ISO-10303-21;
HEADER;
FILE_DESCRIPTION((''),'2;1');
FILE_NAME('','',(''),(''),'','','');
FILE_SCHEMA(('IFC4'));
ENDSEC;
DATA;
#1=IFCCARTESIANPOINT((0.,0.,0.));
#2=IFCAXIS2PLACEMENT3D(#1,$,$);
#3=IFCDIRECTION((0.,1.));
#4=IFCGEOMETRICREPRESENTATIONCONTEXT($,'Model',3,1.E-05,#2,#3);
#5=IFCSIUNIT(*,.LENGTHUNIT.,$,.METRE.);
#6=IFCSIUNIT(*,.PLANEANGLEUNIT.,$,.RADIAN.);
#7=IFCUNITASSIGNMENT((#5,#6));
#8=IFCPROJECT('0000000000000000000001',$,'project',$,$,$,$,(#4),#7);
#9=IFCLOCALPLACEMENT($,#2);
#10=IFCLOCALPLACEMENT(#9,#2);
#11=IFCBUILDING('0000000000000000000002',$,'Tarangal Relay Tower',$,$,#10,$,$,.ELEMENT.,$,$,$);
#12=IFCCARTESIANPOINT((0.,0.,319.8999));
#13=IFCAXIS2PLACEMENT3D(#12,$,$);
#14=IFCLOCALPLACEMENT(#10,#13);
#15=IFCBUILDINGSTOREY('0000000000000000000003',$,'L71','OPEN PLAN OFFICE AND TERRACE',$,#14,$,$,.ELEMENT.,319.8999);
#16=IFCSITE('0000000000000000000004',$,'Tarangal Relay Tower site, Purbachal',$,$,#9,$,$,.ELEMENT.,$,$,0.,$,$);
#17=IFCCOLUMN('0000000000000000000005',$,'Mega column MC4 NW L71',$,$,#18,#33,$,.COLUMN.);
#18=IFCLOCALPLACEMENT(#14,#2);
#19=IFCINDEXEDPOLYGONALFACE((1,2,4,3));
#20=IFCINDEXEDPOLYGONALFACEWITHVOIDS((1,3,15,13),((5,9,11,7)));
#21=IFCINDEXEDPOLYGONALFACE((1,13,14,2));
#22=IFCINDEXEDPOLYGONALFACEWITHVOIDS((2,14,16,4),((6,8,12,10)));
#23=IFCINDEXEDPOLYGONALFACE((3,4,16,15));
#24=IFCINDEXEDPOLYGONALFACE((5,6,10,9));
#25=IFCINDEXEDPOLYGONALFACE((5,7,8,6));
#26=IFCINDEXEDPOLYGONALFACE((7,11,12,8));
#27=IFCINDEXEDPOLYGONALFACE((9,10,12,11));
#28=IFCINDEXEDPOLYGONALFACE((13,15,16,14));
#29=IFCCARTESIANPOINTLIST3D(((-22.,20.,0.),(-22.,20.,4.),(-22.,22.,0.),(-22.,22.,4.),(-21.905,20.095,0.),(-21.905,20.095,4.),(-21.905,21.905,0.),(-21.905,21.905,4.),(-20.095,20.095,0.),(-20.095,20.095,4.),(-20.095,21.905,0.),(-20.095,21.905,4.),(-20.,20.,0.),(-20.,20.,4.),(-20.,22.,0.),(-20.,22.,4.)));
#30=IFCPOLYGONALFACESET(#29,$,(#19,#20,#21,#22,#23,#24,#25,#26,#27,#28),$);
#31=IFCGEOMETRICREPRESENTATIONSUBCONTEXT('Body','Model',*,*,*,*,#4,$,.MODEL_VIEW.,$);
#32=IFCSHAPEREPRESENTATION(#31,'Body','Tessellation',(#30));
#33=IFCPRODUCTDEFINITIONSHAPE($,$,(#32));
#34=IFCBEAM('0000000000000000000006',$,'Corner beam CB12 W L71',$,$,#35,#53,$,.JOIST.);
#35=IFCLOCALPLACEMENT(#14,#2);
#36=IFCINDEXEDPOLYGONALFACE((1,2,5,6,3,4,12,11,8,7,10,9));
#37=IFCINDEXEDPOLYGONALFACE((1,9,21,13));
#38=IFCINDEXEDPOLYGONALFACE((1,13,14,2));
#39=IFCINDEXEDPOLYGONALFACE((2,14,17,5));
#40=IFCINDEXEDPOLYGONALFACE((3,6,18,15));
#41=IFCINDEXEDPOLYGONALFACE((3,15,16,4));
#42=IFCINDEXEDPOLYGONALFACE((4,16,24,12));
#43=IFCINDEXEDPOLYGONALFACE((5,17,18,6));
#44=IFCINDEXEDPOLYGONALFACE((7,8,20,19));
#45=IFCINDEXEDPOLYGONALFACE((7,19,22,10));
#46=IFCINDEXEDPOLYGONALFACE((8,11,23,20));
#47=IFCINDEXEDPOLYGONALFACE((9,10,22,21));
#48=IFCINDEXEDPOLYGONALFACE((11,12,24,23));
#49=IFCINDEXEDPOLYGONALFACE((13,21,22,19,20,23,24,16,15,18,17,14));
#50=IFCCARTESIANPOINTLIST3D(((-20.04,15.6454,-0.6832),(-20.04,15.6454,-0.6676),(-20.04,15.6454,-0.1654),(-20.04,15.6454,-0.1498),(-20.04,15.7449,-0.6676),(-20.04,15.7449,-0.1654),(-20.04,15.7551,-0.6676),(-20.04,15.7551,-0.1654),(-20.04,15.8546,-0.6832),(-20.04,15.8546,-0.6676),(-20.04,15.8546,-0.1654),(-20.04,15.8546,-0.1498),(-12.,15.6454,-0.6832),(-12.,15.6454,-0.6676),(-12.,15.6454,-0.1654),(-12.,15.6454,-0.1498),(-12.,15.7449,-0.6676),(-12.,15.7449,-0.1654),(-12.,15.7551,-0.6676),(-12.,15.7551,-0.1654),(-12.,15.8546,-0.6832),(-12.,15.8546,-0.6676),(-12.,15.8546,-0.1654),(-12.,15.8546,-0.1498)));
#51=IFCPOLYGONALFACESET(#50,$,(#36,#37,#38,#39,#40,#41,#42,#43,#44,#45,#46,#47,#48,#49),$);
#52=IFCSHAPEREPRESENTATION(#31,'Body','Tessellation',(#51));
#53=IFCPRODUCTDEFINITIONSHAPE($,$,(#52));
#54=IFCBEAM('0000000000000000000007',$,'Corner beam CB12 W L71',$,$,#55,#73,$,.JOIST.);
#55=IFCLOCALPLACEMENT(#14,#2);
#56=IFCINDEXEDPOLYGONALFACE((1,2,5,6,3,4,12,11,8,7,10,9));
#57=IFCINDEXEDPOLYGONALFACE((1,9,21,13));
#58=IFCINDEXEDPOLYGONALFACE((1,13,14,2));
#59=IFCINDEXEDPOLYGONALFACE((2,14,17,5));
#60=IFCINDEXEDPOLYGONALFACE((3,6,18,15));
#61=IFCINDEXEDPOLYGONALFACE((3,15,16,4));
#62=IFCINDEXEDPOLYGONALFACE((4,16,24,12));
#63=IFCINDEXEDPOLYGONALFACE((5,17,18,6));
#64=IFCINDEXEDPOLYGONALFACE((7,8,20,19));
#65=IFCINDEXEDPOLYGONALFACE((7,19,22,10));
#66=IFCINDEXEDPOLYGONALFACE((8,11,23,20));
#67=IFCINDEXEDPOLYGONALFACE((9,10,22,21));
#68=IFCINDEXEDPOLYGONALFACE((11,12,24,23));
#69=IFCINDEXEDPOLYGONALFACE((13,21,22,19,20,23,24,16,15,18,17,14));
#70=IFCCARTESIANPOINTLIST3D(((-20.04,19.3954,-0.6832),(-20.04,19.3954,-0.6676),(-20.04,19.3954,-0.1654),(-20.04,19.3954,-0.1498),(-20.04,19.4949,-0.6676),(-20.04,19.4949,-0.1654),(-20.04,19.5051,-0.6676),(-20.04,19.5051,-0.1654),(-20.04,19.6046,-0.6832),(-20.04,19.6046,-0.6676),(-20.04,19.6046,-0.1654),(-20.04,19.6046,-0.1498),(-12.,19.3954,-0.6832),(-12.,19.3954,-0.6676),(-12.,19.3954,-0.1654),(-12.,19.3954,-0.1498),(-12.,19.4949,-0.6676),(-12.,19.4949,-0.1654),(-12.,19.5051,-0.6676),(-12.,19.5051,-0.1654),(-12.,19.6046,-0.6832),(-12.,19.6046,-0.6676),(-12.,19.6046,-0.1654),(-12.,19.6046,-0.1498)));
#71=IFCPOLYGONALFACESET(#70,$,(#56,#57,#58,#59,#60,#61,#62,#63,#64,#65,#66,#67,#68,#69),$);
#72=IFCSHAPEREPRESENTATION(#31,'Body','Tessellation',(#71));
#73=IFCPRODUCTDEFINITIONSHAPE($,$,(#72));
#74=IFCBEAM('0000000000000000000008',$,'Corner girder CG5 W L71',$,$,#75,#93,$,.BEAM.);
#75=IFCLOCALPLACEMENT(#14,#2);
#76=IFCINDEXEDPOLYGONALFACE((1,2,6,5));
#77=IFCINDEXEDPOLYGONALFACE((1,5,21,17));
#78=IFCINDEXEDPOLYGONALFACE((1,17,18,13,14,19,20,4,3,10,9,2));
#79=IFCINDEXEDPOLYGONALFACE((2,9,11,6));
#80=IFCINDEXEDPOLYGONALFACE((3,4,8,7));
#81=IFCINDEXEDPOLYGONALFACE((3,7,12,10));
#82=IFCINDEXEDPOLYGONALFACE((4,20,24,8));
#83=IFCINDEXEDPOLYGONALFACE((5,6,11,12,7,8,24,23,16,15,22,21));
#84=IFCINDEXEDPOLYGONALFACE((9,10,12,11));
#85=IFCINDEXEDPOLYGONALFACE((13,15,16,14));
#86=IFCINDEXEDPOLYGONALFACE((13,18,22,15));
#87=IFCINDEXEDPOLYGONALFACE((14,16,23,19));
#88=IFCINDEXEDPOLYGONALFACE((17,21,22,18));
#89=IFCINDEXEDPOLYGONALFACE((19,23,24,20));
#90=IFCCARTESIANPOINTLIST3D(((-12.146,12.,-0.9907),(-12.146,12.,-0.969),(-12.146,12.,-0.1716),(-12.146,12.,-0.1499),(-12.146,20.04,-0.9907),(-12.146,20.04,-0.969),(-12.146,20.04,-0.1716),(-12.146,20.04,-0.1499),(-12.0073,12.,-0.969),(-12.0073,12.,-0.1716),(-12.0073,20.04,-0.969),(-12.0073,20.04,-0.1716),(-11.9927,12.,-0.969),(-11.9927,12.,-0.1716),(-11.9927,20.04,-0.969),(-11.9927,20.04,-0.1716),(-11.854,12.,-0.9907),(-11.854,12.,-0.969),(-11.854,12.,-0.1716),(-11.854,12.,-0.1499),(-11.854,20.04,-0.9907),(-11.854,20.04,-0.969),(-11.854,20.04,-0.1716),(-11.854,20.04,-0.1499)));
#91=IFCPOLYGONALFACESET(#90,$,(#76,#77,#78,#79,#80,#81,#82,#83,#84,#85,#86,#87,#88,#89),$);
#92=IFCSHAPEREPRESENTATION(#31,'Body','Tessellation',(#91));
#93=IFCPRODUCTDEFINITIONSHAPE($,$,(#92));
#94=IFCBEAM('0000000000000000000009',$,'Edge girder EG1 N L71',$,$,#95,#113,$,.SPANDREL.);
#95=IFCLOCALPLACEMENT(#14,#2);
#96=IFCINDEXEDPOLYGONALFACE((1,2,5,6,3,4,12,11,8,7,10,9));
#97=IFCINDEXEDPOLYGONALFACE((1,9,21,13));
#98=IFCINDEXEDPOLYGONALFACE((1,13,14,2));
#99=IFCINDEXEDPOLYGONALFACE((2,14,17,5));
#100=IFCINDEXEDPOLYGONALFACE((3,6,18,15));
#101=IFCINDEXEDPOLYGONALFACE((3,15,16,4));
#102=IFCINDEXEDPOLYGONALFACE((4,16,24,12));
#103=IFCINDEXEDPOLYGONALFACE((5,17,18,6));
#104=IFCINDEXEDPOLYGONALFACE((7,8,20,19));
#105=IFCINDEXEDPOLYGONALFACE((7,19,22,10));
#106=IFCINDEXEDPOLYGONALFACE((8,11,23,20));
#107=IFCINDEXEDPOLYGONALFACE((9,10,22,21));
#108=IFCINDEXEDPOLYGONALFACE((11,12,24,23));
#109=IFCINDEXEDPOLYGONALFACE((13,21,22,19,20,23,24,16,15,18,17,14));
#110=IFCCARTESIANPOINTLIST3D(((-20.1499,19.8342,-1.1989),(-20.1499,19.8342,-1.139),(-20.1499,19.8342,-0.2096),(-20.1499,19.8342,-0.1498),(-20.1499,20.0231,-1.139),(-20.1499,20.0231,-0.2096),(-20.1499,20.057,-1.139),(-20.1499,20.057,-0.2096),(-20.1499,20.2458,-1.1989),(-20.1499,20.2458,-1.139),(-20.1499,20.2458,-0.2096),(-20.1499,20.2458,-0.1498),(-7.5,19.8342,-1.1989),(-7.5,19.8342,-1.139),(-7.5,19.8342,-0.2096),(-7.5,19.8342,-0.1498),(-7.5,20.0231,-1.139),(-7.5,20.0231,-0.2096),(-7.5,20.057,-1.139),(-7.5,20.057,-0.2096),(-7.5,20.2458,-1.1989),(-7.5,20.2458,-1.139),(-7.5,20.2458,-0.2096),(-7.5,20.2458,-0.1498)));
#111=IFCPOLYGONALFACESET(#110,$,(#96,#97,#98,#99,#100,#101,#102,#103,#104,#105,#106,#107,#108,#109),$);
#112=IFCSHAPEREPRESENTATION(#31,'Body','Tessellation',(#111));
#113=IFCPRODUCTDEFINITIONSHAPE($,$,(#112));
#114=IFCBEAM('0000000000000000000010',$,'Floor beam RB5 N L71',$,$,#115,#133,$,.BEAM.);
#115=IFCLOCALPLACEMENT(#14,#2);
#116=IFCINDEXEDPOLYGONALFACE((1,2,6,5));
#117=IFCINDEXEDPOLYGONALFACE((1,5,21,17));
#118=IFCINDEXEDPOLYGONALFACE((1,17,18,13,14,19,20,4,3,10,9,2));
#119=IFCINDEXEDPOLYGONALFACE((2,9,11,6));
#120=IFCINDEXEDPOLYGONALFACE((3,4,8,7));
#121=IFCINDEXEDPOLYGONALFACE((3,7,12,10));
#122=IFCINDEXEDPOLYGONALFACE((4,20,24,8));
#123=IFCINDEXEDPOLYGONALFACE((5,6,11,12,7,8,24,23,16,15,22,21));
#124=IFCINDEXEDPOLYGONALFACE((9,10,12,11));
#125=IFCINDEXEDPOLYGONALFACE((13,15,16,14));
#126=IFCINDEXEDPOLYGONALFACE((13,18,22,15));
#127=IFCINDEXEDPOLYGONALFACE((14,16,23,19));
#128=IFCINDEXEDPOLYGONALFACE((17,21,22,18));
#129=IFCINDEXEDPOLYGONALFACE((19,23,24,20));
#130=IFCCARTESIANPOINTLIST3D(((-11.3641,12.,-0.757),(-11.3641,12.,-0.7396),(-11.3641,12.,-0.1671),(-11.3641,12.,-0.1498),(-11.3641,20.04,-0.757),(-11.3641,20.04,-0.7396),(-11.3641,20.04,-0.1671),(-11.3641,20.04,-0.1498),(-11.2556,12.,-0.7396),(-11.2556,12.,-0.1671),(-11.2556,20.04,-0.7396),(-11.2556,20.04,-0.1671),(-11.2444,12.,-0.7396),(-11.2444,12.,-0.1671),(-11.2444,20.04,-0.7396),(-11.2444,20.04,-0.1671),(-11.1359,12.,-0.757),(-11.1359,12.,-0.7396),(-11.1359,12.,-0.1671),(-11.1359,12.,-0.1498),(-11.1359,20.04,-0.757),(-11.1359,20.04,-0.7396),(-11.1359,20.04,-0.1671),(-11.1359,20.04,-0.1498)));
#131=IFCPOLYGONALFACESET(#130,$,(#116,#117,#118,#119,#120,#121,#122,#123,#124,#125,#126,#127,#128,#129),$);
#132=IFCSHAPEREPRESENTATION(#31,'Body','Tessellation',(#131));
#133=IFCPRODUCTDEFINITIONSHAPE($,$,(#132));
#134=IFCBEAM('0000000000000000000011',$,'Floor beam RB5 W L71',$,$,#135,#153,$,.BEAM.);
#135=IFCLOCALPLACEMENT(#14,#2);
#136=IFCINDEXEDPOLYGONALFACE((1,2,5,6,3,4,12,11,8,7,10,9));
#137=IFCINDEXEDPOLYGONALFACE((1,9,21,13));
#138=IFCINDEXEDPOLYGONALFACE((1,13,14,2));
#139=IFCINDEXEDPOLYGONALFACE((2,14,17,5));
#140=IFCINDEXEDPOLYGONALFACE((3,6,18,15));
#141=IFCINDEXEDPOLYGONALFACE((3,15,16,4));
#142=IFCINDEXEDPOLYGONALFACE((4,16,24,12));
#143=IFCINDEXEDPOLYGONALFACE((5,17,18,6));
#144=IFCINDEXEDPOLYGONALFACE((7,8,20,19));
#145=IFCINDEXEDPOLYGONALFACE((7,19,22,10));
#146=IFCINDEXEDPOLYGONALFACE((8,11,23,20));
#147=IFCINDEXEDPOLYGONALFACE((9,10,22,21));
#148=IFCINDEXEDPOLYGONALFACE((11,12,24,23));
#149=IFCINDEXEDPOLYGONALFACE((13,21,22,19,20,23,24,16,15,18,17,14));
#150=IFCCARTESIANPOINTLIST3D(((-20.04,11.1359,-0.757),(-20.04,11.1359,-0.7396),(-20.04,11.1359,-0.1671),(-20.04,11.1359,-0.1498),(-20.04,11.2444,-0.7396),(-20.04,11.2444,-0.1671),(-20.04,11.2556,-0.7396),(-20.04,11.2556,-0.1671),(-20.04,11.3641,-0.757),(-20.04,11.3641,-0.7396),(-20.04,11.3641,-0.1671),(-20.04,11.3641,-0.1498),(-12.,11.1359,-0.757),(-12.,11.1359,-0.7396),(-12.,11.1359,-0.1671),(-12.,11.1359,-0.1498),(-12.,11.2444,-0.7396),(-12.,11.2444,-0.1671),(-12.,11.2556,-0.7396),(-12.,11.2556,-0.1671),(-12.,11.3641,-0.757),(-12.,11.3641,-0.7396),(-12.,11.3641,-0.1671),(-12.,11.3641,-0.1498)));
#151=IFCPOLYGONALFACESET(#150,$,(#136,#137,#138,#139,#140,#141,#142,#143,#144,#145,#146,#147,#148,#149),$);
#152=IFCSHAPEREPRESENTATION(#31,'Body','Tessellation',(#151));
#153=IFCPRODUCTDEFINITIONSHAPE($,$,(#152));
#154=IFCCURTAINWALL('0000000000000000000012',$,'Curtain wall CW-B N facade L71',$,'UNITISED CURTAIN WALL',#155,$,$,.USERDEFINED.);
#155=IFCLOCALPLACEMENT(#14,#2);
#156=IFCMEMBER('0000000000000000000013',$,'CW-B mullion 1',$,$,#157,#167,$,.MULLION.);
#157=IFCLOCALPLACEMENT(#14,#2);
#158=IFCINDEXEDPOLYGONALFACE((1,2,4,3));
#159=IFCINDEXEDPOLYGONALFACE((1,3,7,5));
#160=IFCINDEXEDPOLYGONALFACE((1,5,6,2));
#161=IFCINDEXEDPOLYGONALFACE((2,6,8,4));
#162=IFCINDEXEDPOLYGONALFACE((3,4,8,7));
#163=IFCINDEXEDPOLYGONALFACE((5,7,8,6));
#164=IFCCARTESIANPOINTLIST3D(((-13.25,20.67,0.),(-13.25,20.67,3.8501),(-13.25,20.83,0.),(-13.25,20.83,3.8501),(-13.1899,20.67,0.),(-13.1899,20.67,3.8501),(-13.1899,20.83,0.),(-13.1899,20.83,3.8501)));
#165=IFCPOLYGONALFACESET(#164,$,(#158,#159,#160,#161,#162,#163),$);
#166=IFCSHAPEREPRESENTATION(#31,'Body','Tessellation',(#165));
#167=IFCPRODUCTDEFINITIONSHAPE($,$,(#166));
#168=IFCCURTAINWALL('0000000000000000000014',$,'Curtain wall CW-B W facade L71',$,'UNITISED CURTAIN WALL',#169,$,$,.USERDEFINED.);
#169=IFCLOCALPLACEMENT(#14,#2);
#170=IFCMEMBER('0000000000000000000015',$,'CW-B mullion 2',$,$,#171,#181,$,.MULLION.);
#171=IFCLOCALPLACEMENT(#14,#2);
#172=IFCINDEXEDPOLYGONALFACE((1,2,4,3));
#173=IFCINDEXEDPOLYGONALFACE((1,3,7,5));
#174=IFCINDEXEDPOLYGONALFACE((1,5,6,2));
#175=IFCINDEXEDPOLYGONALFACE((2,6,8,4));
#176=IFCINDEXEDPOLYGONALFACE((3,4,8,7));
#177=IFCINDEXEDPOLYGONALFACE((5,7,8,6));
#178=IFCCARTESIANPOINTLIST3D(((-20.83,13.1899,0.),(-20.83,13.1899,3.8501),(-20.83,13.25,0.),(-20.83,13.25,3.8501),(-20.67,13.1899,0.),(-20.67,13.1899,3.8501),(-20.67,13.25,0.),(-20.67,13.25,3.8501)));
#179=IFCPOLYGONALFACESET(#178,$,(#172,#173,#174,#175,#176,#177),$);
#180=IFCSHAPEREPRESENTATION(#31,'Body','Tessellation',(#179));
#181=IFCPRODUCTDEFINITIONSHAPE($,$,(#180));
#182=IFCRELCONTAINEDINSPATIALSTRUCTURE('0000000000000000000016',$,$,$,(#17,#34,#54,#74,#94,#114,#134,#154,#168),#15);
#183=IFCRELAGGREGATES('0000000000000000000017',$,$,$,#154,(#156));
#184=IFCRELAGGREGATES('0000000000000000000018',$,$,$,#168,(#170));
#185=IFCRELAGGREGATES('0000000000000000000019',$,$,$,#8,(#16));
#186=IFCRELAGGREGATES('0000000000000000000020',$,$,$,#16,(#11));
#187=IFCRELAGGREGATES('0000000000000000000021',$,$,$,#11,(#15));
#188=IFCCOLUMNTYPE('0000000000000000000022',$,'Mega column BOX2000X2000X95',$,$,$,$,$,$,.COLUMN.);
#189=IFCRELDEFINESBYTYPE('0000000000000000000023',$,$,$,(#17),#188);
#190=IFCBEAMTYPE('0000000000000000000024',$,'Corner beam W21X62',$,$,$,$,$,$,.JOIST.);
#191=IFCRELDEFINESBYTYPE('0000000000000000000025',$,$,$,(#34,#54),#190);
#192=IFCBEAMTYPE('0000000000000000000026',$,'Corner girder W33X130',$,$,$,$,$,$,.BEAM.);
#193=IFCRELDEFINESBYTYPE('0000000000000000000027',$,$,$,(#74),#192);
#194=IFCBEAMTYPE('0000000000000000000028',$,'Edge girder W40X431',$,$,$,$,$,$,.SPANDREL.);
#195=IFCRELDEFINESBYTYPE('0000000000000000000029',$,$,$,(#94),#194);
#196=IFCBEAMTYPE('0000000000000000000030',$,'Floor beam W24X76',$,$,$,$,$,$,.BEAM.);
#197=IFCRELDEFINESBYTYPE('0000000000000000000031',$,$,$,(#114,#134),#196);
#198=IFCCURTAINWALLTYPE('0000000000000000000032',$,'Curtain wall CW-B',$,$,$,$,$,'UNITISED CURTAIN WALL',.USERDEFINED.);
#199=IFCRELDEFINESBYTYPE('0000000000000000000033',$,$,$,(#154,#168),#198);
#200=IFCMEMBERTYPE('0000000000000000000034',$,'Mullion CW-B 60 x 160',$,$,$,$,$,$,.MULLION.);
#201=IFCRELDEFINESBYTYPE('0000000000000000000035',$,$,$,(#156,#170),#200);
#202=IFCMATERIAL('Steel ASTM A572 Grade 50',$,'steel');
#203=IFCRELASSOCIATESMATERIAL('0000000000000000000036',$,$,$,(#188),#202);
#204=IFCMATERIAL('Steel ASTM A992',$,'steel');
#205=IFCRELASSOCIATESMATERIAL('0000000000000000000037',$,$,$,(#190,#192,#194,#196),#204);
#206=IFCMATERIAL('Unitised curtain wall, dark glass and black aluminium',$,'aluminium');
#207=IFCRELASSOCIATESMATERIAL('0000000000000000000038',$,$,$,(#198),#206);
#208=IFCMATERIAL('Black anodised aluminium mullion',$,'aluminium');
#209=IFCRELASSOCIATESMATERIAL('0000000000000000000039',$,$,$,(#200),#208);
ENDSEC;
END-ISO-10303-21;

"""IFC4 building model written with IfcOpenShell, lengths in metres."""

from ifc_helpers import new_model, si_unit, direction, frame, origin, origin_2d, place, context, subcontext, project, spatial, rectangle, hollow_rectangle, i_section, extrude, material, material_profile, profile_set, type_object, element, aggregate, save


model = new_model("IFC4")

# Units and contexts
model_context = context("Model", 3, precision=1e-05, world=origin(), true_north=direction((0.0, 1.0)))
body_context = subcontext(model_context, "Body", "Model", "MODEL_VIEW")
ifc_project = project(units=[si_unit("LENGTHUNIT", "METRE"), si_unit("PLANEANGLEUNIT", "RADIAN")], contexts=[model_context])

# Site, building, storey
site_placement = place(None, origin())
site = spatial("IfcSite", under=ifc_project, at=site_placement, Name="Tarangal Relay Tower site, Purbachal", CompositionType="ELEMENT", RefElevation=0.0)
building_placement = place(site_placement, origin())
building = spatial("IfcBuilding", under=site, at=building_placement, Name="Tarangal Relay Tower", CompositionType="ELEMENT")
storey_placement = place(building_placement, frame((0.0, 0.0, 319.8999)))
storey = spatial("IfcBuildingStorey", under=building, at=storey_placement, Name="L71", Description="OPEN PLAN OFFICE AND TERRACE", CompositionType="ELEMENT", Elevation=319.8999)

# Column
ifc_material_1 = material(Name="Steel ASTM A572 Grade 50", Category="steel")
ifc_material_profile_1 = material_profile(ifc_material_1, hollow_rectangle(XDim=2.0, YDim=2.0, WallThickness=0.095, at=origin_2d()), Name="BOX2000X2000X95")
ifc_profile_set_1 = profile_set([ifc_material_profile_1], Name="Steel ASTM A572 Grade 50")
column_type = type_object("IfcColumnType", Name="Mega column BOX2000X2000X95", PredefinedType="COLUMN", material=ifc_profile_set_1)
column_placement = place(storey_placement, frame((-21.0, 21.0, 0.0), z_axis=(0.0, 0.0, 1.0), x_axis=(1.0, 0.0, 0.0)))
element("IfcColumn", 1, at=column_placement, inside=storey, type_object=column_type, Name="Mega column MC4 NW L71", PredefinedType="COLUMN", context=body_context, shape_type="SweptSolid", body=[
    extrude(hollow_rectangle(XDim=2.0, YDim=2.0, WallThickness=0.095, at=origin_2d()), origin(), (0.0, 0.0, 1.0), 4.0),
])

# Beams
ifc_material_2 = material(Name="Steel ASTM A992", Category="steel")
ifc_material_profile_2 = material_profile(ifc_material_2, i_section(OverallWidth=0.2092, OverallDepth=0.5334, WebThickness=0.0103, FlangeThickness=0.0156, at=origin_2d()), Name="W21X62")
ifc_profile_set_2 = profile_set([ifc_material_profile_2], Name="Steel ASTM A992")
beam_type_1 = type_object("IfcBeamType", Name="Corner beam W21X62", PredefinedType="JOIST", material=ifc_profile_set_2)
for number, where, z_axis, x_axis, name in (
    (2, (-12.0, 15.75, -0.4165), (-1.0, 0.0, 0.0), (0.0, -1.0, 0.0), "Corner beam CB12 W L71"),
    (3, (-12.0, 19.5, -0.4165), (-1.0, 0.0, 0.0), (0.0, -1.0, 0.0), "Corner beam CB12 W L71"),
):
    element("IfcBeam", number, at=place(storey_placement, frame(where, z_axis=z_axis, x_axis=x_axis)), inside=storey, type_object=beam_type_1, Name=name, PredefinedType="JOIST", context=body_context, shape_type="SweptSolid", body=[
        extrude(i_section(OverallWidth=0.2092, OverallDepth=0.5334, WebThickness=0.0103, FlangeThickness=0.0156, at=origin_2d()), origin(), (0.0, 0.0, 1.0), 8.04),
    ])
ifc_material_profile_3 = material_profile(ifc_material_2, i_section(OverallWidth=0.292, OverallDepth=0.8408, WebThickness=0.0146, FlangeThickness=0.0217, at=origin_2d()), Name="W33X130")
ifc_profile_set_3 = profile_set([ifc_material_profile_3], Name="Steel ASTM A992")
beam_type_2 = type_object("IfcBeamType", Name="Corner girder W33X130", PredefinedType="BEAM", material=ifc_profile_set_3)
beam_1_placement = place(storey_placement, frame((-12.0, 12.0, -0.5703), z_axis=(0.0, 1.0, 0.0), x_axis=(-1.0, 0.0, 0.0)))
element("IfcBeam", 4, at=beam_1_placement, inside=storey, type_object=beam_type_2, Name="Corner girder CG5 W L71", PredefinedType="BEAM", context=body_context, shape_type="SweptSolid", body=[
    extrude(i_section(OverallWidth=0.292, OverallDepth=0.8408, WebThickness=0.0146, FlangeThickness=0.0217, at=origin_2d()), origin(), (0.0, 0.0, 1.0), 8.04),
])
ifc_material_profile_4 = material_profile(ifc_material_2, i_section(OverallWidth=0.4116, OverallDepth=1.0491, WebThickness=0.0339, FlangeThickness=0.0598, at=origin_2d()), Name="W40X431")
ifc_profile_set_4 = profile_set([ifc_material_profile_4], Name="Steel ASTM A992")
beam_type_3 = type_object("IfcBeamType", Name="Edge girder W40X431", PredefinedType="SPANDREL", material=ifc_profile_set_4)
beam_2_placement = place(storey_placement, frame((-20.1499, 20.04, -0.6743), z_axis=(1.0, 0.0, 0.0), x_axis=(0.0, 1.0, 0.0)))
element("IfcBeam", 5, at=beam_2_placement, inside=storey, type_object=beam_type_3, Name="Edge girder EG1 N L71", PredefinedType="SPANDREL", context=body_context, shape_type="SweptSolid", body=[
    extrude(i_section(OverallWidth=0.4116, OverallDepth=1.0491, WebThickness=0.0339, FlangeThickness=0.0598, at=origin_2d()), origin(), (0.0, 0.0, 1.0), 12.6499),
])
ifc_material_profile_5 = material_profile(ifc_material_2, i_section(OverallWidth=0.2283, OverallDepth=0.6072, WebThickness=0.0112, FlangeThickness=0.0173, at=origin_2d()), Name="W24X76")
ifc_profile_set_5 = profile_set([ifc_material_profile_5], Name="Steel ASTM A992")
beam_type_4 = type_object("IfcBeamType", Name="Floor beam W24X76", PredefinedType="BEAM", material=ifc_profile_set_5)
for number, where, z_axis, x_axis, name in (
    (6, (-11.25, 12.0, -0.4534), (0.0, 1.0, 0.0), (-1.0, 0.0, 0.0), "Floor beam RB5 N L71"),
    (7, (-12.0, 11.25, -0.4534), (-1.0, 0.0, 0.0), (0.0, -1.0, 0.0), "Floor beam RB5 W L71"),
):
    element("IfcBeam", number, at=place(storey_placement, frame(where, z_axis=z_axis, x_axis=x_axis)), inside=storey, type_object=beam_type_4, Name=name, PredefinedType="BEAM", context=body_context, shape_type="SweptSolid", body=[
        extrude(i_section(OverallWidth=0.2283, OverallDepth=0.6072, WebThickness=0.0112, FlangeThickness=0.0173, at=origin_2d()), origin(), (0.0, 0.0, 1.0), 8.04),
    ])

# Curtain walls, members
ifc_material_3 = material(Name="Unitised curtain wall, dark glass and black aluminium", Category="aluminium")
curtain_wall_type = type_object("IfcCurtainWallType", Name="Curtain wall CW-B", ElementType="UNITISED CURTAIN WALL", PredefinedType="USERDEFINED", material=ifc_material_3)
curtain_wall_1_placement = place(storey_placement, origin())
curtain_wall_1 = element("IfcCurtainWall", 8, at=curtain_wall_1_placement, inside=storey, type_object=curtain_wall_type, Name="Curtain wall CW-B N facade L71", ObjectType="UNITISED CURTAIN WALL", PredefinedType="USERDEFINED")
ifc_material_4 = material(Name="Black anodised aluminium mullion", Category="aluminium")
ifc_material_profile_6 = material_profile(ifc_material_4, rectangle(XDim=0.1599, YDim=0.0601, at=origin_2d()), Name="CW-BM 60X160")
ifc_profile_set_6 = profile_set([ifc_material_profile_6], Name="Black anodised aluminium mullion")
member_type_1 = type_object("IfcMemberType", Name="Mullion CW-B 60 x 160", PredefinedType="MULLION", material=ifc_profile_set_6)
member_1_placement = place(storey_placement, frame((-13.22, 20.75, 0.0), z_axis=(0.0, 0.0, 1.0), x_axis=(0.0, 1.0, 0.0)))
member_1 = element("IfcMember", 9, at=member_1_placement, type_object=member_type_1, Name="CW-B mullion 1", PredefinedType="MULLION", context=body_context, shape_type="SweptSolid", body=[
    extrude(rectangle(XDim=0.1599, YDim=0.0601, at=origin_2d()), origin(), (0.0, 0.0, 1.0), 3.8501),
])
curtain_wall_2_placement = place(storey_placement, origin())
curtain_wall_2 = element("IfcCurtainWall", 10, at=curtain_wall_2_placement, inside=storey, type_object=curtain_wall_type, Name="Curtain wall CW-B W facade L71", ObjectType="UNITISED CURTAIN WALL", PredefinedType="USERDEFINED")
member_2_placement = place(storey_placement, frame((-20.75, 13.22, 0.0), z_axis=(0.0, 0.0, 1.0), x_axis=(-1.0, 0.0, 0.0)))
member_2 = element("IfcMember", 11, at=member_2_placement, type_object=member_type_1, Name="CW-B mullion 2", PredefinedType="MULLION", context=body_context, shape_type="SweptSolid", body=[
    extrude(rectangle(XDim=0.1599, YDim=0.0601, at=origin_2d()), origin(), (0.0, 0.0, 1.0), 3.8501),
])

aggregate(curtain_wall_1, [member_1])
aggregate(curtain_wall_2, [member_2])

save(model, "model.ifc")
